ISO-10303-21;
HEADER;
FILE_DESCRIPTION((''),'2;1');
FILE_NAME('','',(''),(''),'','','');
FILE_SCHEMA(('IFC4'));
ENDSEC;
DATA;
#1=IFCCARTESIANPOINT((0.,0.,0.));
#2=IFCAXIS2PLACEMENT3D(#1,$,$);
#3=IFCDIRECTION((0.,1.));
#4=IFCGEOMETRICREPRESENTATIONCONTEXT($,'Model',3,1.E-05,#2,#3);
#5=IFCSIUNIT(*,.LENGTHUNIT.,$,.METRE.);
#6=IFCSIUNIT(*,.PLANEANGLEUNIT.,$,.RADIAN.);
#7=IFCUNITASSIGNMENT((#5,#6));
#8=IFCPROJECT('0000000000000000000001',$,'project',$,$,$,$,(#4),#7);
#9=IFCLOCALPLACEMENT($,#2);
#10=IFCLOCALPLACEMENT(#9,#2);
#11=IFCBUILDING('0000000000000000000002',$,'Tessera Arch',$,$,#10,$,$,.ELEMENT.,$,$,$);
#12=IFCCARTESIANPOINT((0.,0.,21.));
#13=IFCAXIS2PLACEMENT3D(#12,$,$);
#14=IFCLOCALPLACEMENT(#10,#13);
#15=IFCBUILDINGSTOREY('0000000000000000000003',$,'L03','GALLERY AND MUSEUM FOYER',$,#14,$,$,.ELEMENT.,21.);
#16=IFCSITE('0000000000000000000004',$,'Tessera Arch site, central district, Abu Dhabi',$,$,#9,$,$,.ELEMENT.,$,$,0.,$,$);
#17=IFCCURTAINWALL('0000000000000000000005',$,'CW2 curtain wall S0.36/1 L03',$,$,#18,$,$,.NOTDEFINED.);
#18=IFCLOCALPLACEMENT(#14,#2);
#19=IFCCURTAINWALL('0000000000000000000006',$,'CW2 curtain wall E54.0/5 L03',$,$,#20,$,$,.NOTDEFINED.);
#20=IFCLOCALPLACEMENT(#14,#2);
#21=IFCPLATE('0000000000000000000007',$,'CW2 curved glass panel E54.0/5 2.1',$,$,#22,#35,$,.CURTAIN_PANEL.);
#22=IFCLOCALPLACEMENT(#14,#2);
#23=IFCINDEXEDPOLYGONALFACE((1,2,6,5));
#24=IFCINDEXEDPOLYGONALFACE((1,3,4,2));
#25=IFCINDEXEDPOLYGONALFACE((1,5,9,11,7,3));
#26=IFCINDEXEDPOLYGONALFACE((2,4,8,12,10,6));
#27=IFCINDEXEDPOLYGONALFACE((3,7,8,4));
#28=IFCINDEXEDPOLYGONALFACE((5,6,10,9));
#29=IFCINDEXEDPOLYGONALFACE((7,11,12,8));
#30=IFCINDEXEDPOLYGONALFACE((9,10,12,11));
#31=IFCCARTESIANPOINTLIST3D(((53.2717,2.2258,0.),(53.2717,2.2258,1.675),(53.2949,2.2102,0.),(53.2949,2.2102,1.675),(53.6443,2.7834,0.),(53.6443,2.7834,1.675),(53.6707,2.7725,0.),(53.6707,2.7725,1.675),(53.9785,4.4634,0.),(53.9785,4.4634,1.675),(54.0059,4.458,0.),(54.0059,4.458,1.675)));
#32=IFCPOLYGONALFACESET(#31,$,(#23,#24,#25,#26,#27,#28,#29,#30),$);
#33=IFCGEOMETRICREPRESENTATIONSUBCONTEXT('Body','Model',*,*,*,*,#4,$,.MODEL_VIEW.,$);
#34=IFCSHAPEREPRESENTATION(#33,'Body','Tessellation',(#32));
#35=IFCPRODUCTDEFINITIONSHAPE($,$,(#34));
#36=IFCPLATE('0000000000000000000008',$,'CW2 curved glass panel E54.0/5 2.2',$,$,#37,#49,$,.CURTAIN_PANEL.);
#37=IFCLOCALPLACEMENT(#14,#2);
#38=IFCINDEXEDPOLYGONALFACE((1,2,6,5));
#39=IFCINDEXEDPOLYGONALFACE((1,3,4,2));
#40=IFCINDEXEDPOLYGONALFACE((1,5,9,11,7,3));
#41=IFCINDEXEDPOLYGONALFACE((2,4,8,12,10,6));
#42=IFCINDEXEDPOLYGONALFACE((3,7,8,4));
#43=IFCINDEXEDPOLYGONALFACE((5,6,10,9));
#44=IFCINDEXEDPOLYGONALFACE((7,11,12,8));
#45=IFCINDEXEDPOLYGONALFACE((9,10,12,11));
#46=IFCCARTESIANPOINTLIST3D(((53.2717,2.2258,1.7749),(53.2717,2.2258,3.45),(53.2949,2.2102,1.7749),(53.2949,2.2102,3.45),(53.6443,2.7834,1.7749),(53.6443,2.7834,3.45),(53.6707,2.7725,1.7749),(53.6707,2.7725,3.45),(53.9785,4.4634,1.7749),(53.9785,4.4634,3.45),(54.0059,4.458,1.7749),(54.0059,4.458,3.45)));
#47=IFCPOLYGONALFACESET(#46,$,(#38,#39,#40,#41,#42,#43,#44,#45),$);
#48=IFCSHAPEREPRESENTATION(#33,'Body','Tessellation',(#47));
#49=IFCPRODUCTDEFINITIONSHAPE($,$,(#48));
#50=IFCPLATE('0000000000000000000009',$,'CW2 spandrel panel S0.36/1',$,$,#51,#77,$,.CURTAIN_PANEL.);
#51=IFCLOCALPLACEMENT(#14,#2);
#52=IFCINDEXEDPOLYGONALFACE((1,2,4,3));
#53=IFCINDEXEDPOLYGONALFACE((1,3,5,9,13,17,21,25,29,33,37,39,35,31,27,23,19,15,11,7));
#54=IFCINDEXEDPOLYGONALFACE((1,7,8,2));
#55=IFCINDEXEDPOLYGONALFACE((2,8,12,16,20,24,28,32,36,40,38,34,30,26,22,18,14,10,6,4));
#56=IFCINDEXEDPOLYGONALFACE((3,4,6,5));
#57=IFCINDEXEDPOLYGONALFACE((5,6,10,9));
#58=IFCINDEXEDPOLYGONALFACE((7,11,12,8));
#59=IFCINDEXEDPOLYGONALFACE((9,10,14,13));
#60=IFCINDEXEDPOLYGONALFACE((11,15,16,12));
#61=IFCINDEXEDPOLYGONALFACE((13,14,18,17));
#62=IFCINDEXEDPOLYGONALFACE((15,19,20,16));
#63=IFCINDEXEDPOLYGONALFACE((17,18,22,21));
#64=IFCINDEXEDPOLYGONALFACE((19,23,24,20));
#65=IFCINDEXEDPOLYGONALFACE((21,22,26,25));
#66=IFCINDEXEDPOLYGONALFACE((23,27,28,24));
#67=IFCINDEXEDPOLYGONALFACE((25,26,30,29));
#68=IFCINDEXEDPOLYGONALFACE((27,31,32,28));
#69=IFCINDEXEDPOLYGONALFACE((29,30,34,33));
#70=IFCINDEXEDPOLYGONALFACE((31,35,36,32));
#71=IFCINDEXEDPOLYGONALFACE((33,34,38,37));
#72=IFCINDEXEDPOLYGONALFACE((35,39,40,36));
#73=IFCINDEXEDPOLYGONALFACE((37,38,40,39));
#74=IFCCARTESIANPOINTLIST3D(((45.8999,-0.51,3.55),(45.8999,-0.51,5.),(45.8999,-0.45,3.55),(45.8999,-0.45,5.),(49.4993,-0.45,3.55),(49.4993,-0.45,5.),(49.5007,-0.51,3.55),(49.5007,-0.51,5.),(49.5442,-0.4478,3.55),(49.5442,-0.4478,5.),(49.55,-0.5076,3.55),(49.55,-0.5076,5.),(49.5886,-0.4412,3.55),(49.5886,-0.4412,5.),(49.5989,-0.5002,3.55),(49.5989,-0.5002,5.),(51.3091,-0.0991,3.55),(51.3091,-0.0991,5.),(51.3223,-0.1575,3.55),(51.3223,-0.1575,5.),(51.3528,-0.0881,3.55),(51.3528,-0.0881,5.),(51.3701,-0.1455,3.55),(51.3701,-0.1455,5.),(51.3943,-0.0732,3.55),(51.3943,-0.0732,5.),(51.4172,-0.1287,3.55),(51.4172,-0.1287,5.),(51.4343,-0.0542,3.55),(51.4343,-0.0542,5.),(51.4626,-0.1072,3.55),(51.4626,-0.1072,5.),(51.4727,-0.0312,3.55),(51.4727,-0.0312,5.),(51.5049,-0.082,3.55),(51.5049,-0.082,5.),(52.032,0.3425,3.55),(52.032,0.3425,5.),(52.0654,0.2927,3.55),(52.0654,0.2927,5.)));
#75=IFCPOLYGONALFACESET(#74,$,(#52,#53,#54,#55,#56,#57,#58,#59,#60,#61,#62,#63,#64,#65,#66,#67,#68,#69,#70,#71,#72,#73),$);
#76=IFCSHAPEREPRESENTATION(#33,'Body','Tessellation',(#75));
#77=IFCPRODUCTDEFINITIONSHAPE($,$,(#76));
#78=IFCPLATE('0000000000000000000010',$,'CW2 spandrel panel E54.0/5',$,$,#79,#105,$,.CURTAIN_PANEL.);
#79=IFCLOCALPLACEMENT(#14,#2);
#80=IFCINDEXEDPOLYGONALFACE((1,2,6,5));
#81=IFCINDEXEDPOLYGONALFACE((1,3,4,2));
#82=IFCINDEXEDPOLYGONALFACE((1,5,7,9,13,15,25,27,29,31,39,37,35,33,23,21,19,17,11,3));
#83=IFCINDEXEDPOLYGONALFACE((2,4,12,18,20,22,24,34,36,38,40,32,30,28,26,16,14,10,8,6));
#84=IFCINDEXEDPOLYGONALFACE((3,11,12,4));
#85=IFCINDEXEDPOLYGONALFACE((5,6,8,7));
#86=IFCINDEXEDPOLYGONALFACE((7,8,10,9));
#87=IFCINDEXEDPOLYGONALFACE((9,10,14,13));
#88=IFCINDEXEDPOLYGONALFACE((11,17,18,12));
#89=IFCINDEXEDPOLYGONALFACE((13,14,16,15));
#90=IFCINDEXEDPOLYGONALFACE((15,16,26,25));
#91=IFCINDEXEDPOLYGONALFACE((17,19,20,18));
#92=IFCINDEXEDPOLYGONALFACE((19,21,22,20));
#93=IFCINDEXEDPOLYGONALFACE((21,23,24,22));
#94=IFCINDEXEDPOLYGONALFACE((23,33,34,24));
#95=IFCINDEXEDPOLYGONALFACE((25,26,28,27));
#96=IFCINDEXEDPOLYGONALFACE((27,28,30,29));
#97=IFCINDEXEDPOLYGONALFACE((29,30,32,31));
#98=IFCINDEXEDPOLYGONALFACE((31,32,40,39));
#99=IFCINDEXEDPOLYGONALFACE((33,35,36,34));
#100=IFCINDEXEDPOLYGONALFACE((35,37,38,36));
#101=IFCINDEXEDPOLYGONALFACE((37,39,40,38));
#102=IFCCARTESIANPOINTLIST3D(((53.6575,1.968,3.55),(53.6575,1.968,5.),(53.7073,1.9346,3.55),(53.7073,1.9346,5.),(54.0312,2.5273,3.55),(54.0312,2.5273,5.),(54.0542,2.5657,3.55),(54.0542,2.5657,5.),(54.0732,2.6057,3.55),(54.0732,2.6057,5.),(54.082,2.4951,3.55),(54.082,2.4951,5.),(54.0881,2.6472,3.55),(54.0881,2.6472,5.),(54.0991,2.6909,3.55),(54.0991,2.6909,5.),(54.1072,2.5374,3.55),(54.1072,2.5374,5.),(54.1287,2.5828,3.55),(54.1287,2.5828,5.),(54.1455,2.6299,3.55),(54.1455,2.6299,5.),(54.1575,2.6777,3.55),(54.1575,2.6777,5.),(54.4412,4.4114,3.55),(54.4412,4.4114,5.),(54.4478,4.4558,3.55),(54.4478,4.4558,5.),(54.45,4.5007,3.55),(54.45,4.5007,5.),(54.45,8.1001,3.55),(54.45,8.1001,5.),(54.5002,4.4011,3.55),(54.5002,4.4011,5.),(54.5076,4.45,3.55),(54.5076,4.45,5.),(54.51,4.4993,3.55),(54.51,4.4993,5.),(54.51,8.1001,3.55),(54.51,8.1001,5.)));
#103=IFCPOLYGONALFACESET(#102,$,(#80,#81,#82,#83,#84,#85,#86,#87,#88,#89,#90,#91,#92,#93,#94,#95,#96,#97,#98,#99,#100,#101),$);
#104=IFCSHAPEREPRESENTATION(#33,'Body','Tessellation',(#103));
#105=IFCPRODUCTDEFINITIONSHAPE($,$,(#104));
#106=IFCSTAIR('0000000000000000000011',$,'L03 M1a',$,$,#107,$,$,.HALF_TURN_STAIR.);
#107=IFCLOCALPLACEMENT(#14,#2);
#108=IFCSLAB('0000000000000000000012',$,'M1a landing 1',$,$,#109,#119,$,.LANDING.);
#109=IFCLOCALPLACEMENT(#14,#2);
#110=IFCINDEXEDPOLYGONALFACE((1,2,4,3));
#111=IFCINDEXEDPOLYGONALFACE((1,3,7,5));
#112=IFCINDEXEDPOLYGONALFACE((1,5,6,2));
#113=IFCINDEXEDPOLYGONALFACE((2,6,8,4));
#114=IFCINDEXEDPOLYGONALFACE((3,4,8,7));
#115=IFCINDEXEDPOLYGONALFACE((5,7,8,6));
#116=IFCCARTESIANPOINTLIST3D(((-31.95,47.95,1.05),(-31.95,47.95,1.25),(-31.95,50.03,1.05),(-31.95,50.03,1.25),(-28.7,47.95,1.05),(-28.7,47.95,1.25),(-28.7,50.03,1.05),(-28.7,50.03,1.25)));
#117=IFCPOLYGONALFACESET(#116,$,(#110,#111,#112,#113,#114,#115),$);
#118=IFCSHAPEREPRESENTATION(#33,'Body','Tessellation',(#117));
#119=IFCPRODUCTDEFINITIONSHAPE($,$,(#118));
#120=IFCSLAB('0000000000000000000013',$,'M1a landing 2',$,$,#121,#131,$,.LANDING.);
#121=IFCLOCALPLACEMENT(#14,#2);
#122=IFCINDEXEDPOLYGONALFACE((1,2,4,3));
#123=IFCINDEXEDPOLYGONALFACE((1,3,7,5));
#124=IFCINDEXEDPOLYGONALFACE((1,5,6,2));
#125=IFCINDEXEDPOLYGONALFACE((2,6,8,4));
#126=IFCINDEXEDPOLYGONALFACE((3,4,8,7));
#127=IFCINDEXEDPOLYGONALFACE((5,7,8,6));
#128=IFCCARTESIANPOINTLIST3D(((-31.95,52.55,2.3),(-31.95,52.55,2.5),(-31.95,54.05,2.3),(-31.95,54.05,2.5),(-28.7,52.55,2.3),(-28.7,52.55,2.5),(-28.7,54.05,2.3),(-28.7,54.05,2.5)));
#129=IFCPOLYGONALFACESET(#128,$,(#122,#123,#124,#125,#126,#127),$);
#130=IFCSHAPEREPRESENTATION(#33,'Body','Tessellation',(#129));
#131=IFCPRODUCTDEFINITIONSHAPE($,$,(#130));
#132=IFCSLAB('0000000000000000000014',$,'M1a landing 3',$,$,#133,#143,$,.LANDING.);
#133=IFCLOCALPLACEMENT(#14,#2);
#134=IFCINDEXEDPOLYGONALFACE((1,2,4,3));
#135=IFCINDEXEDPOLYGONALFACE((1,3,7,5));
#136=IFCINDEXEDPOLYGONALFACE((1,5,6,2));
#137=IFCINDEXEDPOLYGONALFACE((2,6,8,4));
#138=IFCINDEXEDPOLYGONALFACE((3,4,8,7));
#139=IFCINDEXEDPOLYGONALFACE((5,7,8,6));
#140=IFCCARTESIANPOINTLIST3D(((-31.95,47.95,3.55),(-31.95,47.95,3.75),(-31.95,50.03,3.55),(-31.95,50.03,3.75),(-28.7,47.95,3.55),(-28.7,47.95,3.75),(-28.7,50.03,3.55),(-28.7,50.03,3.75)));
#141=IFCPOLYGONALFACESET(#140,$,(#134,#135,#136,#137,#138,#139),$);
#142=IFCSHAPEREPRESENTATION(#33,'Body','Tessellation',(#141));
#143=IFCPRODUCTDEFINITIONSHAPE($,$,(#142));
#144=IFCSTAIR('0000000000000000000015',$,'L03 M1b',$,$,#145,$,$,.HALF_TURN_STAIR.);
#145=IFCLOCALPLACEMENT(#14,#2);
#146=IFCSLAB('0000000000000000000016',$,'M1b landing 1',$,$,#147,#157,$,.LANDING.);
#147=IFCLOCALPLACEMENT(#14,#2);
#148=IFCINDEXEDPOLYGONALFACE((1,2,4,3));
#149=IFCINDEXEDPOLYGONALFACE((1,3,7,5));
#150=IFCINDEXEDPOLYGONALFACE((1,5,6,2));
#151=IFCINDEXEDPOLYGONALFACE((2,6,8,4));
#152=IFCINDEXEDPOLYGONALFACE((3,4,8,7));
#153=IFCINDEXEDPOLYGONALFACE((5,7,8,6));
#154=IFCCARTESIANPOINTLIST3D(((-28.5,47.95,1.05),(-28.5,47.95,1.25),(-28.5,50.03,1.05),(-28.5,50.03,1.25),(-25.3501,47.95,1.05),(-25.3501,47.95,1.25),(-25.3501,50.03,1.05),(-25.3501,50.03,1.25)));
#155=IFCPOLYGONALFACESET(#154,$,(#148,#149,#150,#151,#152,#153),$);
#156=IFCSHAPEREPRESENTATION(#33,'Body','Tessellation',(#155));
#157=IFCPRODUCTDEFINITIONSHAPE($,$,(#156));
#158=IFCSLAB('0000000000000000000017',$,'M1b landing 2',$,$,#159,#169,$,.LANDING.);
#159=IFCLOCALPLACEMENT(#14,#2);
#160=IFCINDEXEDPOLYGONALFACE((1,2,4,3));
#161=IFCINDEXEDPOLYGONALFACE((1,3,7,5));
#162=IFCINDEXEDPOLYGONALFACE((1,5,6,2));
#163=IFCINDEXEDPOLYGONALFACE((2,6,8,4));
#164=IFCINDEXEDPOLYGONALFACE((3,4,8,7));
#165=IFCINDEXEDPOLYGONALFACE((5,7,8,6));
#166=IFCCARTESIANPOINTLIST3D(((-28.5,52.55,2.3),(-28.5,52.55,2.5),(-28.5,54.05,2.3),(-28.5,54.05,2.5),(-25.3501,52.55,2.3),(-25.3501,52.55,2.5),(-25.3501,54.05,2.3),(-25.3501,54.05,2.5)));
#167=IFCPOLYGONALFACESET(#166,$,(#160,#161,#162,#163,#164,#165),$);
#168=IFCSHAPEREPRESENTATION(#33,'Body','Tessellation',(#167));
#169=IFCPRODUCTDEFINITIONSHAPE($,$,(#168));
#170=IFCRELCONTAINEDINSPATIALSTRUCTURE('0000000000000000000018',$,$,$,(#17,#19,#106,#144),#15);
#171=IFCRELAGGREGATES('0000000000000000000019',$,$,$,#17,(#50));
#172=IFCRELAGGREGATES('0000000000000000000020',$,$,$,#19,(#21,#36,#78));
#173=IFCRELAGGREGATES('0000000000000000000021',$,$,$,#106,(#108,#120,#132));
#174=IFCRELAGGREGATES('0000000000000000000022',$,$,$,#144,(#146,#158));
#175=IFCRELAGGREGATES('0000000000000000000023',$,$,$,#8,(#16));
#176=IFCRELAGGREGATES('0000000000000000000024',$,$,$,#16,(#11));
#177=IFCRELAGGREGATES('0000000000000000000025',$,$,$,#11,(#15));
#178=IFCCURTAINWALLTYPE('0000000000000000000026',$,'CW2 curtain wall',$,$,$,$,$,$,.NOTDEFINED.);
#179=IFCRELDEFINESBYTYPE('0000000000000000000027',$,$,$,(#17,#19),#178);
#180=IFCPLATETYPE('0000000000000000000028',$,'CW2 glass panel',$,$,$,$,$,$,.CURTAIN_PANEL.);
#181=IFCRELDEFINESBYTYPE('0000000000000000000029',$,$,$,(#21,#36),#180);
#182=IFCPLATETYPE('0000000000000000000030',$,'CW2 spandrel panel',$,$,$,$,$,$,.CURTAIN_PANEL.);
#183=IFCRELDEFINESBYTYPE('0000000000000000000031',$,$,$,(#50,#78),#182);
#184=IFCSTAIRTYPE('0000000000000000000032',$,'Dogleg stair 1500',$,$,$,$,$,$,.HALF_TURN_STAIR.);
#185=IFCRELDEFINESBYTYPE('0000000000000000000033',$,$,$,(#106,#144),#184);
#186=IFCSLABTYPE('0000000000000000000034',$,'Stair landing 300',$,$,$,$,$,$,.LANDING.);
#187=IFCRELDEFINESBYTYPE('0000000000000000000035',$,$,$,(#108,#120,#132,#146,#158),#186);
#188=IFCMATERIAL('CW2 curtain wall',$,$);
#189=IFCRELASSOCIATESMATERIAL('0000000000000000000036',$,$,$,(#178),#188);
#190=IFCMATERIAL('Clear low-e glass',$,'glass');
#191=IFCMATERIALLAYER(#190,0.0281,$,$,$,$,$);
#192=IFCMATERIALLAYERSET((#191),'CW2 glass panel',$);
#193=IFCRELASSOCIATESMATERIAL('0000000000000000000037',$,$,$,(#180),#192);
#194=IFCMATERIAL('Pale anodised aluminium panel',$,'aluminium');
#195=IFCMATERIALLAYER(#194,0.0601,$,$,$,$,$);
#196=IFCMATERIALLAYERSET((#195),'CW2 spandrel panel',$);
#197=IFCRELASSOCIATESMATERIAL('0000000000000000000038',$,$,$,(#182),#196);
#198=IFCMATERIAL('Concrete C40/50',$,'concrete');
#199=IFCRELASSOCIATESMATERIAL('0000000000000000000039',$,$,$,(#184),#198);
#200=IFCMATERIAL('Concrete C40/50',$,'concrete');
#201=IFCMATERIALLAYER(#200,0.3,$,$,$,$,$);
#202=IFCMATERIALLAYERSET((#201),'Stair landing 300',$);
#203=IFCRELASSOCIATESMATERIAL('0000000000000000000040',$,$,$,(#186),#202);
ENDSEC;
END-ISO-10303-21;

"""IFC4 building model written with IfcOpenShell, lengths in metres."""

from ifc_helpers import new_model, si_unit, direction, frame, origin, place, context, subcontext, project, spatial, polyline, outline, extrude, material, layer, layer_set, type_object, element, aggregate, save


model = new_model("IFC4")

# Units and contexts
model_context = context("Model", 3, precision=1e-05, world=origin(), true_north=direction((0.0, 1.0)))
body_context = subcontext(model_context, "Body", "Model", "MODEL_VIEW")
ifc_project = project(units=[si_unit("LENGTHUNIT", "METRE"), si_unit("PLANEANGLEUNIT", "RADIAN")], contexts=[model_context])

# Site, building, storey
site_placement = place(None, origin())
site = spatial("IfcSite", under=ifc_project, at=site_placement, Name="Tessera Arch site, central district, Abu Dhabi", CompositionType="ELEMENT", RefElevation=0.0)
building_placement = place(site_placement, origin())
building = spatial("IfcBuilding", under=site, at=building_placement, Name="Tessera Arch", CompositionType="ELEMENT")
storey_placement = place(building_placement, frame((0.0, 0.0, 21.0)))
storey = spatial("IfcBuildingStorey", under=building, at=storey_placement, Name="L03", Description="GALLERY AND MUSEUM FOYER", CompositionType="ELEMENT", Elevation=21.0)

# Curtain wall
ifc_material_1 = material(Name="CW2 curtain wall")
curtain_wall_type = type_object("IfcCurtainWallType", Name="CW2 curtain wall", PredefinedType="NOTDEFINED", material=ifc_material_1)
curtain_wall_1_placement = place(storey_placement, origin())
curtain_wall_1 = element("IfcCurtainWall", 1, at=curtain_wall_1_placement, inside=storey, type_object=curtain_wall_type, Name="CW2 curtain wall S0.36/1 L03", PredefinedType="NOTDEFINED")

# Curtain wall
curtain_wall_2_placement = place(storey_placement, origin())
curtain_wall_2 = element("IfcCurtainWall", 2, at=curtain_wall_2_placement, inside=storey, type_object=curtain_wall_type, Name="CW2 curtain wall E54.0/5 L03", PredefinedType="NOTDEFINED")

# Plates
ifc_material_2 = material(Name="Clear low-e glass", Category="glass")
ifc_layer_1 = layer(ifc_material_2, 0.0281)
ifc_layer_set_1 = layer_set([ifc_layer_1], Name="CW2 glass panel")
plate_type_1 = type_object("IfcPlateType", Name="CW2 glass panel", PredefinedType="CURTAIN_PANEL", material=ifc_layer_set_1)
plate_1_placement = place(storey_placement, origin())
plate_1 = element("IfcPlate", 3, at=plate_1_placement, type_object=plate_type_1, Name="CW2 curved glass panel E54.0/5 2.1", PredefinedType="CURTAIN_PANEL", context=body_context, shape_type="SweptSolid", body=[
    extrude(outline(polyline([(53.6443, 2.7834), (53.2717, 2.2258), (53.2949, 2.2102), (53.6707, 2.7725), (54.0059, 4.458), (53.9785, 4.4634), (53.6443, 2.7834)])), origin(), (0.0, 0.0, 1.0), 1.675),
])
plate_2_placement = place(storey_placement, frame((0.0, 0.0, 1.7749)))
plate_2 = element("IfcPlate", 4, at=plate_2_placement, type_object=plate_type_1, Name="CW2 curved glass panel E54.0/5 2.2", PredefinedType="CURTAIN_PANEL", context=body_context, shape_type="SweptSolid", body=[
    extrude(outline(polyline([(53.6443, 2.7834), (53.2717, 2.2258), (53.2949, 2.2102), (53.6707, 2.7725), (54.0059, 4.458), (53.9785, 4.4634), (53.6443, 2.7834)])), origin(), (0.0, 0.0, 1.0), 1.675),
])
ifc_material_3 = material(Name="Pale anodised aluminium panel", Category="aluminium")
ifc_layer_2 = layer(ifc_material_3, 0.0601)
ifc_layer_set_2 = layer_set([ifc_layer_2], Name="CW2 spandrel panel")
plate_type_2 = type_object("IfcPlateType", Name="CW2 spandrel panel", PredefinedType="CURTAIN_PANEL", material=ifc_layer_set_2)
plate_3_placement = place(storey_placement, frame((0.0, 0.0, 3.55)))
plate_3 = element("IfcPlate", 5, at=plate_3_placement, type_object=plate_type_2, Name="CW2 spandrel panel S0.36/1", PredefinedType="CURTAIN_PANEL", context=body_context, shape_type="SweptSolid", body=[
    extrude(outline(polyline([(49.4993, -0.45), (45.8999, -0.45), (45.8999, -0.51), (49.5007, -0.51), (49.55, -0.5076), (49.5989, -0.5002), (51.3223, -0.1575), (51.3701, -0.1455), (51.4172, -0.1287), (51.4626, -0.1072), (51.5049, -0.082), (52.0654, 0.2927), (52.032, 0.3425), (51.4727, -0.0312), (51.4343, -0.0542), (51.3943, -0.0732), (51.3528, -0.0881), (51.3091, -0.0991), (49.5886, -0.4412), (49.5442, -0.4478), (49.4993, -0.45)])), origin(), (0.0, 0.0, 1.0), 1.45),
])
aggregate(curtain_wall_1, [plate_3])
plate_4_placement = place(storey_placement, frame((0.0, 0.0, 3.55)))
plate_4 = element("IfcPlate", 6, at=plate_4_placement, type_object=plate_type_2, Name="CW2 spandrel panel E54.0/5", PredefinedType="CURTAIN_PANEL", context=body_context, shape_type="SweptSolid", body=[
    extrude(outline(polyline([(54.0312, 2.5273), (53.6575, 1.968), (53.7073, 1.9346), (54.082, 2.4951), (54.1072, 2.5374), (54.1287, 2.5828), (54.1455, 2.6299), (54.1575, 2.6777), (54.5002, 4.4011), (54.5076, 4.45), (54.51, 4.4993), (54.51, 8.1001), (54.45, 8.1001), (54.45, 4.5007), (54.4478, 4.4558), (54.4412, 4.4114), (54.0991, 2.6909), (54.0881, 2.6472), (54.0732, 2.6057), (54.0542, 2.5657), (54.0312, 2.5273)])), origin(), (0.0, 0.0, 1.0), 1.45),
])
aggregate(curtain_wall_2, [plate_1, plate_2, plate_4])

# Stairs, slabs
ifc_material_4 = material(Name="Concrete C40/50", Category="concrete")
stair_type = type_object("IfcStairType", Name="Dogleg stair 1500", PredefinedType="HALF_TURN_STAIR", material=ifc_material_4)
stair_1_placement = place(storey_placement, origin())
stair_1 = element("IfcStair", 7, at=stair_1_placement, inside=storey, type_object=stair_type, Name="L03 M1a", PredefinedType="HALF_TURN_STAIR")
ifc_material_5 = material(Name="Concrete C40/50", Category="concrete")
ifc_layer_3 = layer(ifc_material_5, 0.3)
ifc_layer_set_3 = layer_set([ifc_layer_3], Name="Stair landing 300")
slab_type = type_object("IfcSlabType", Name="Stair landing 300", PredefinedType="LANDING", material=ifc_layer_set_3)
slab_1_placement = place(storey_placement, frame((0.0, 0.0, 1.05)))
slab_1 = element("IfcSlab", 8, at=slab_1_placement, type_object=slab_type, Name="M1a landing 1", PredefinedType="LANDING", context=body_context, shape_type="SweptSolid", body=[
    extrude(outline(polyline([(-31.95, 50.03), (-31.95, 47.95), (-28.7, 47.95), (-28.7, 50.03), (-31.95, 50.03)])), origin(), (0.0, 0.0, 1.0), 0.2),
])
slab_2_placement = place(storey_placement, frame((0.0, 0.0, 2.3)))
slab_2 = element("IfcSlab", 9, at=slab_2_placement, type_object=slab_type, Name="M1a landing 2", PredefinedType="LANDING", context=body_context, shape_type="SweptSolid", body=[
    extrude(outline(polyline([(-31.95, 54.05), (-31.95, 52.55), (-28.7, 52.55), (-28.7, 54.05), (-31.95, 54.05)])), origin(), (0.0, 0.0, 1.0), 0.2),
])
slab_3_placement = place(storey_placement, frame((0.0, 0.0, 3.55)))
slab_3 = element("IfcSlab", 10, at=slab_3_placement, type_object=slab_type, Name="M1a landing 3", PredefinedType="LANDING", context=body_context, shape_type="SweptSolid", body=[
    extrude(outline(polyline([(-31.95, 50.03), (-31.95, 47.95), (-28.7, 47.95), (-28.7, 50.03), (-31.95, 50.03)])), origin(), (0.0, 0.0, 1.0), 0.2),
])
aggregate(stair_1, [slab_1, slab_2, slab_3])
stair_2_placement = place(storey_placement, origin())
stair_2 = element("IfcStair", 11, at=stair_2_placement, inside=storey, type_object=stair_type, Name="L03 M1b", PredefinedType="HALF_TURN_STAIR")
slab_4_placement = place(storey_placement, frame((0.0, 0.0, 1.05)))
slab_4 = element("IfcSlab", 12, at=slab_4_placement, type_object=slab_type, Name="M1b landing 1", PredefinedType="LANDING", context=body_context, shape_type="SweptSolid", body=[
    extrude(outline(polyline([(-28.5, 50.03), (-28.5, 47.95), (-25.3501, 47.95), (-25.3501, 50.03), (-28.5, 50.03)])), origin(), (0.0, 0.0, 1.0), 0.2),
])
slab_5_placement = place(storey_placement, frame((0.0, 0.0, 2.3)))
slab_5 = element("IfcSlab", 13, at=slab_5_placement, type_object=slab_type, Name="M1b landing 2", PredefinedType="LANDING", context=body_context, shape_type="SweptSolid", body=[
    extrude(outline(polyline([(-28.5, 54.05), (-28.5, 52.55), (-25.3501, 52.55), (-25.3501, 54.05), (-28.5, 54.05)])), origin(), (0.0, 0.0, 1.0), 0.2),
])
aggregate(stair_2, [slab_4, slab_5])

save(model, "model.ifc")
